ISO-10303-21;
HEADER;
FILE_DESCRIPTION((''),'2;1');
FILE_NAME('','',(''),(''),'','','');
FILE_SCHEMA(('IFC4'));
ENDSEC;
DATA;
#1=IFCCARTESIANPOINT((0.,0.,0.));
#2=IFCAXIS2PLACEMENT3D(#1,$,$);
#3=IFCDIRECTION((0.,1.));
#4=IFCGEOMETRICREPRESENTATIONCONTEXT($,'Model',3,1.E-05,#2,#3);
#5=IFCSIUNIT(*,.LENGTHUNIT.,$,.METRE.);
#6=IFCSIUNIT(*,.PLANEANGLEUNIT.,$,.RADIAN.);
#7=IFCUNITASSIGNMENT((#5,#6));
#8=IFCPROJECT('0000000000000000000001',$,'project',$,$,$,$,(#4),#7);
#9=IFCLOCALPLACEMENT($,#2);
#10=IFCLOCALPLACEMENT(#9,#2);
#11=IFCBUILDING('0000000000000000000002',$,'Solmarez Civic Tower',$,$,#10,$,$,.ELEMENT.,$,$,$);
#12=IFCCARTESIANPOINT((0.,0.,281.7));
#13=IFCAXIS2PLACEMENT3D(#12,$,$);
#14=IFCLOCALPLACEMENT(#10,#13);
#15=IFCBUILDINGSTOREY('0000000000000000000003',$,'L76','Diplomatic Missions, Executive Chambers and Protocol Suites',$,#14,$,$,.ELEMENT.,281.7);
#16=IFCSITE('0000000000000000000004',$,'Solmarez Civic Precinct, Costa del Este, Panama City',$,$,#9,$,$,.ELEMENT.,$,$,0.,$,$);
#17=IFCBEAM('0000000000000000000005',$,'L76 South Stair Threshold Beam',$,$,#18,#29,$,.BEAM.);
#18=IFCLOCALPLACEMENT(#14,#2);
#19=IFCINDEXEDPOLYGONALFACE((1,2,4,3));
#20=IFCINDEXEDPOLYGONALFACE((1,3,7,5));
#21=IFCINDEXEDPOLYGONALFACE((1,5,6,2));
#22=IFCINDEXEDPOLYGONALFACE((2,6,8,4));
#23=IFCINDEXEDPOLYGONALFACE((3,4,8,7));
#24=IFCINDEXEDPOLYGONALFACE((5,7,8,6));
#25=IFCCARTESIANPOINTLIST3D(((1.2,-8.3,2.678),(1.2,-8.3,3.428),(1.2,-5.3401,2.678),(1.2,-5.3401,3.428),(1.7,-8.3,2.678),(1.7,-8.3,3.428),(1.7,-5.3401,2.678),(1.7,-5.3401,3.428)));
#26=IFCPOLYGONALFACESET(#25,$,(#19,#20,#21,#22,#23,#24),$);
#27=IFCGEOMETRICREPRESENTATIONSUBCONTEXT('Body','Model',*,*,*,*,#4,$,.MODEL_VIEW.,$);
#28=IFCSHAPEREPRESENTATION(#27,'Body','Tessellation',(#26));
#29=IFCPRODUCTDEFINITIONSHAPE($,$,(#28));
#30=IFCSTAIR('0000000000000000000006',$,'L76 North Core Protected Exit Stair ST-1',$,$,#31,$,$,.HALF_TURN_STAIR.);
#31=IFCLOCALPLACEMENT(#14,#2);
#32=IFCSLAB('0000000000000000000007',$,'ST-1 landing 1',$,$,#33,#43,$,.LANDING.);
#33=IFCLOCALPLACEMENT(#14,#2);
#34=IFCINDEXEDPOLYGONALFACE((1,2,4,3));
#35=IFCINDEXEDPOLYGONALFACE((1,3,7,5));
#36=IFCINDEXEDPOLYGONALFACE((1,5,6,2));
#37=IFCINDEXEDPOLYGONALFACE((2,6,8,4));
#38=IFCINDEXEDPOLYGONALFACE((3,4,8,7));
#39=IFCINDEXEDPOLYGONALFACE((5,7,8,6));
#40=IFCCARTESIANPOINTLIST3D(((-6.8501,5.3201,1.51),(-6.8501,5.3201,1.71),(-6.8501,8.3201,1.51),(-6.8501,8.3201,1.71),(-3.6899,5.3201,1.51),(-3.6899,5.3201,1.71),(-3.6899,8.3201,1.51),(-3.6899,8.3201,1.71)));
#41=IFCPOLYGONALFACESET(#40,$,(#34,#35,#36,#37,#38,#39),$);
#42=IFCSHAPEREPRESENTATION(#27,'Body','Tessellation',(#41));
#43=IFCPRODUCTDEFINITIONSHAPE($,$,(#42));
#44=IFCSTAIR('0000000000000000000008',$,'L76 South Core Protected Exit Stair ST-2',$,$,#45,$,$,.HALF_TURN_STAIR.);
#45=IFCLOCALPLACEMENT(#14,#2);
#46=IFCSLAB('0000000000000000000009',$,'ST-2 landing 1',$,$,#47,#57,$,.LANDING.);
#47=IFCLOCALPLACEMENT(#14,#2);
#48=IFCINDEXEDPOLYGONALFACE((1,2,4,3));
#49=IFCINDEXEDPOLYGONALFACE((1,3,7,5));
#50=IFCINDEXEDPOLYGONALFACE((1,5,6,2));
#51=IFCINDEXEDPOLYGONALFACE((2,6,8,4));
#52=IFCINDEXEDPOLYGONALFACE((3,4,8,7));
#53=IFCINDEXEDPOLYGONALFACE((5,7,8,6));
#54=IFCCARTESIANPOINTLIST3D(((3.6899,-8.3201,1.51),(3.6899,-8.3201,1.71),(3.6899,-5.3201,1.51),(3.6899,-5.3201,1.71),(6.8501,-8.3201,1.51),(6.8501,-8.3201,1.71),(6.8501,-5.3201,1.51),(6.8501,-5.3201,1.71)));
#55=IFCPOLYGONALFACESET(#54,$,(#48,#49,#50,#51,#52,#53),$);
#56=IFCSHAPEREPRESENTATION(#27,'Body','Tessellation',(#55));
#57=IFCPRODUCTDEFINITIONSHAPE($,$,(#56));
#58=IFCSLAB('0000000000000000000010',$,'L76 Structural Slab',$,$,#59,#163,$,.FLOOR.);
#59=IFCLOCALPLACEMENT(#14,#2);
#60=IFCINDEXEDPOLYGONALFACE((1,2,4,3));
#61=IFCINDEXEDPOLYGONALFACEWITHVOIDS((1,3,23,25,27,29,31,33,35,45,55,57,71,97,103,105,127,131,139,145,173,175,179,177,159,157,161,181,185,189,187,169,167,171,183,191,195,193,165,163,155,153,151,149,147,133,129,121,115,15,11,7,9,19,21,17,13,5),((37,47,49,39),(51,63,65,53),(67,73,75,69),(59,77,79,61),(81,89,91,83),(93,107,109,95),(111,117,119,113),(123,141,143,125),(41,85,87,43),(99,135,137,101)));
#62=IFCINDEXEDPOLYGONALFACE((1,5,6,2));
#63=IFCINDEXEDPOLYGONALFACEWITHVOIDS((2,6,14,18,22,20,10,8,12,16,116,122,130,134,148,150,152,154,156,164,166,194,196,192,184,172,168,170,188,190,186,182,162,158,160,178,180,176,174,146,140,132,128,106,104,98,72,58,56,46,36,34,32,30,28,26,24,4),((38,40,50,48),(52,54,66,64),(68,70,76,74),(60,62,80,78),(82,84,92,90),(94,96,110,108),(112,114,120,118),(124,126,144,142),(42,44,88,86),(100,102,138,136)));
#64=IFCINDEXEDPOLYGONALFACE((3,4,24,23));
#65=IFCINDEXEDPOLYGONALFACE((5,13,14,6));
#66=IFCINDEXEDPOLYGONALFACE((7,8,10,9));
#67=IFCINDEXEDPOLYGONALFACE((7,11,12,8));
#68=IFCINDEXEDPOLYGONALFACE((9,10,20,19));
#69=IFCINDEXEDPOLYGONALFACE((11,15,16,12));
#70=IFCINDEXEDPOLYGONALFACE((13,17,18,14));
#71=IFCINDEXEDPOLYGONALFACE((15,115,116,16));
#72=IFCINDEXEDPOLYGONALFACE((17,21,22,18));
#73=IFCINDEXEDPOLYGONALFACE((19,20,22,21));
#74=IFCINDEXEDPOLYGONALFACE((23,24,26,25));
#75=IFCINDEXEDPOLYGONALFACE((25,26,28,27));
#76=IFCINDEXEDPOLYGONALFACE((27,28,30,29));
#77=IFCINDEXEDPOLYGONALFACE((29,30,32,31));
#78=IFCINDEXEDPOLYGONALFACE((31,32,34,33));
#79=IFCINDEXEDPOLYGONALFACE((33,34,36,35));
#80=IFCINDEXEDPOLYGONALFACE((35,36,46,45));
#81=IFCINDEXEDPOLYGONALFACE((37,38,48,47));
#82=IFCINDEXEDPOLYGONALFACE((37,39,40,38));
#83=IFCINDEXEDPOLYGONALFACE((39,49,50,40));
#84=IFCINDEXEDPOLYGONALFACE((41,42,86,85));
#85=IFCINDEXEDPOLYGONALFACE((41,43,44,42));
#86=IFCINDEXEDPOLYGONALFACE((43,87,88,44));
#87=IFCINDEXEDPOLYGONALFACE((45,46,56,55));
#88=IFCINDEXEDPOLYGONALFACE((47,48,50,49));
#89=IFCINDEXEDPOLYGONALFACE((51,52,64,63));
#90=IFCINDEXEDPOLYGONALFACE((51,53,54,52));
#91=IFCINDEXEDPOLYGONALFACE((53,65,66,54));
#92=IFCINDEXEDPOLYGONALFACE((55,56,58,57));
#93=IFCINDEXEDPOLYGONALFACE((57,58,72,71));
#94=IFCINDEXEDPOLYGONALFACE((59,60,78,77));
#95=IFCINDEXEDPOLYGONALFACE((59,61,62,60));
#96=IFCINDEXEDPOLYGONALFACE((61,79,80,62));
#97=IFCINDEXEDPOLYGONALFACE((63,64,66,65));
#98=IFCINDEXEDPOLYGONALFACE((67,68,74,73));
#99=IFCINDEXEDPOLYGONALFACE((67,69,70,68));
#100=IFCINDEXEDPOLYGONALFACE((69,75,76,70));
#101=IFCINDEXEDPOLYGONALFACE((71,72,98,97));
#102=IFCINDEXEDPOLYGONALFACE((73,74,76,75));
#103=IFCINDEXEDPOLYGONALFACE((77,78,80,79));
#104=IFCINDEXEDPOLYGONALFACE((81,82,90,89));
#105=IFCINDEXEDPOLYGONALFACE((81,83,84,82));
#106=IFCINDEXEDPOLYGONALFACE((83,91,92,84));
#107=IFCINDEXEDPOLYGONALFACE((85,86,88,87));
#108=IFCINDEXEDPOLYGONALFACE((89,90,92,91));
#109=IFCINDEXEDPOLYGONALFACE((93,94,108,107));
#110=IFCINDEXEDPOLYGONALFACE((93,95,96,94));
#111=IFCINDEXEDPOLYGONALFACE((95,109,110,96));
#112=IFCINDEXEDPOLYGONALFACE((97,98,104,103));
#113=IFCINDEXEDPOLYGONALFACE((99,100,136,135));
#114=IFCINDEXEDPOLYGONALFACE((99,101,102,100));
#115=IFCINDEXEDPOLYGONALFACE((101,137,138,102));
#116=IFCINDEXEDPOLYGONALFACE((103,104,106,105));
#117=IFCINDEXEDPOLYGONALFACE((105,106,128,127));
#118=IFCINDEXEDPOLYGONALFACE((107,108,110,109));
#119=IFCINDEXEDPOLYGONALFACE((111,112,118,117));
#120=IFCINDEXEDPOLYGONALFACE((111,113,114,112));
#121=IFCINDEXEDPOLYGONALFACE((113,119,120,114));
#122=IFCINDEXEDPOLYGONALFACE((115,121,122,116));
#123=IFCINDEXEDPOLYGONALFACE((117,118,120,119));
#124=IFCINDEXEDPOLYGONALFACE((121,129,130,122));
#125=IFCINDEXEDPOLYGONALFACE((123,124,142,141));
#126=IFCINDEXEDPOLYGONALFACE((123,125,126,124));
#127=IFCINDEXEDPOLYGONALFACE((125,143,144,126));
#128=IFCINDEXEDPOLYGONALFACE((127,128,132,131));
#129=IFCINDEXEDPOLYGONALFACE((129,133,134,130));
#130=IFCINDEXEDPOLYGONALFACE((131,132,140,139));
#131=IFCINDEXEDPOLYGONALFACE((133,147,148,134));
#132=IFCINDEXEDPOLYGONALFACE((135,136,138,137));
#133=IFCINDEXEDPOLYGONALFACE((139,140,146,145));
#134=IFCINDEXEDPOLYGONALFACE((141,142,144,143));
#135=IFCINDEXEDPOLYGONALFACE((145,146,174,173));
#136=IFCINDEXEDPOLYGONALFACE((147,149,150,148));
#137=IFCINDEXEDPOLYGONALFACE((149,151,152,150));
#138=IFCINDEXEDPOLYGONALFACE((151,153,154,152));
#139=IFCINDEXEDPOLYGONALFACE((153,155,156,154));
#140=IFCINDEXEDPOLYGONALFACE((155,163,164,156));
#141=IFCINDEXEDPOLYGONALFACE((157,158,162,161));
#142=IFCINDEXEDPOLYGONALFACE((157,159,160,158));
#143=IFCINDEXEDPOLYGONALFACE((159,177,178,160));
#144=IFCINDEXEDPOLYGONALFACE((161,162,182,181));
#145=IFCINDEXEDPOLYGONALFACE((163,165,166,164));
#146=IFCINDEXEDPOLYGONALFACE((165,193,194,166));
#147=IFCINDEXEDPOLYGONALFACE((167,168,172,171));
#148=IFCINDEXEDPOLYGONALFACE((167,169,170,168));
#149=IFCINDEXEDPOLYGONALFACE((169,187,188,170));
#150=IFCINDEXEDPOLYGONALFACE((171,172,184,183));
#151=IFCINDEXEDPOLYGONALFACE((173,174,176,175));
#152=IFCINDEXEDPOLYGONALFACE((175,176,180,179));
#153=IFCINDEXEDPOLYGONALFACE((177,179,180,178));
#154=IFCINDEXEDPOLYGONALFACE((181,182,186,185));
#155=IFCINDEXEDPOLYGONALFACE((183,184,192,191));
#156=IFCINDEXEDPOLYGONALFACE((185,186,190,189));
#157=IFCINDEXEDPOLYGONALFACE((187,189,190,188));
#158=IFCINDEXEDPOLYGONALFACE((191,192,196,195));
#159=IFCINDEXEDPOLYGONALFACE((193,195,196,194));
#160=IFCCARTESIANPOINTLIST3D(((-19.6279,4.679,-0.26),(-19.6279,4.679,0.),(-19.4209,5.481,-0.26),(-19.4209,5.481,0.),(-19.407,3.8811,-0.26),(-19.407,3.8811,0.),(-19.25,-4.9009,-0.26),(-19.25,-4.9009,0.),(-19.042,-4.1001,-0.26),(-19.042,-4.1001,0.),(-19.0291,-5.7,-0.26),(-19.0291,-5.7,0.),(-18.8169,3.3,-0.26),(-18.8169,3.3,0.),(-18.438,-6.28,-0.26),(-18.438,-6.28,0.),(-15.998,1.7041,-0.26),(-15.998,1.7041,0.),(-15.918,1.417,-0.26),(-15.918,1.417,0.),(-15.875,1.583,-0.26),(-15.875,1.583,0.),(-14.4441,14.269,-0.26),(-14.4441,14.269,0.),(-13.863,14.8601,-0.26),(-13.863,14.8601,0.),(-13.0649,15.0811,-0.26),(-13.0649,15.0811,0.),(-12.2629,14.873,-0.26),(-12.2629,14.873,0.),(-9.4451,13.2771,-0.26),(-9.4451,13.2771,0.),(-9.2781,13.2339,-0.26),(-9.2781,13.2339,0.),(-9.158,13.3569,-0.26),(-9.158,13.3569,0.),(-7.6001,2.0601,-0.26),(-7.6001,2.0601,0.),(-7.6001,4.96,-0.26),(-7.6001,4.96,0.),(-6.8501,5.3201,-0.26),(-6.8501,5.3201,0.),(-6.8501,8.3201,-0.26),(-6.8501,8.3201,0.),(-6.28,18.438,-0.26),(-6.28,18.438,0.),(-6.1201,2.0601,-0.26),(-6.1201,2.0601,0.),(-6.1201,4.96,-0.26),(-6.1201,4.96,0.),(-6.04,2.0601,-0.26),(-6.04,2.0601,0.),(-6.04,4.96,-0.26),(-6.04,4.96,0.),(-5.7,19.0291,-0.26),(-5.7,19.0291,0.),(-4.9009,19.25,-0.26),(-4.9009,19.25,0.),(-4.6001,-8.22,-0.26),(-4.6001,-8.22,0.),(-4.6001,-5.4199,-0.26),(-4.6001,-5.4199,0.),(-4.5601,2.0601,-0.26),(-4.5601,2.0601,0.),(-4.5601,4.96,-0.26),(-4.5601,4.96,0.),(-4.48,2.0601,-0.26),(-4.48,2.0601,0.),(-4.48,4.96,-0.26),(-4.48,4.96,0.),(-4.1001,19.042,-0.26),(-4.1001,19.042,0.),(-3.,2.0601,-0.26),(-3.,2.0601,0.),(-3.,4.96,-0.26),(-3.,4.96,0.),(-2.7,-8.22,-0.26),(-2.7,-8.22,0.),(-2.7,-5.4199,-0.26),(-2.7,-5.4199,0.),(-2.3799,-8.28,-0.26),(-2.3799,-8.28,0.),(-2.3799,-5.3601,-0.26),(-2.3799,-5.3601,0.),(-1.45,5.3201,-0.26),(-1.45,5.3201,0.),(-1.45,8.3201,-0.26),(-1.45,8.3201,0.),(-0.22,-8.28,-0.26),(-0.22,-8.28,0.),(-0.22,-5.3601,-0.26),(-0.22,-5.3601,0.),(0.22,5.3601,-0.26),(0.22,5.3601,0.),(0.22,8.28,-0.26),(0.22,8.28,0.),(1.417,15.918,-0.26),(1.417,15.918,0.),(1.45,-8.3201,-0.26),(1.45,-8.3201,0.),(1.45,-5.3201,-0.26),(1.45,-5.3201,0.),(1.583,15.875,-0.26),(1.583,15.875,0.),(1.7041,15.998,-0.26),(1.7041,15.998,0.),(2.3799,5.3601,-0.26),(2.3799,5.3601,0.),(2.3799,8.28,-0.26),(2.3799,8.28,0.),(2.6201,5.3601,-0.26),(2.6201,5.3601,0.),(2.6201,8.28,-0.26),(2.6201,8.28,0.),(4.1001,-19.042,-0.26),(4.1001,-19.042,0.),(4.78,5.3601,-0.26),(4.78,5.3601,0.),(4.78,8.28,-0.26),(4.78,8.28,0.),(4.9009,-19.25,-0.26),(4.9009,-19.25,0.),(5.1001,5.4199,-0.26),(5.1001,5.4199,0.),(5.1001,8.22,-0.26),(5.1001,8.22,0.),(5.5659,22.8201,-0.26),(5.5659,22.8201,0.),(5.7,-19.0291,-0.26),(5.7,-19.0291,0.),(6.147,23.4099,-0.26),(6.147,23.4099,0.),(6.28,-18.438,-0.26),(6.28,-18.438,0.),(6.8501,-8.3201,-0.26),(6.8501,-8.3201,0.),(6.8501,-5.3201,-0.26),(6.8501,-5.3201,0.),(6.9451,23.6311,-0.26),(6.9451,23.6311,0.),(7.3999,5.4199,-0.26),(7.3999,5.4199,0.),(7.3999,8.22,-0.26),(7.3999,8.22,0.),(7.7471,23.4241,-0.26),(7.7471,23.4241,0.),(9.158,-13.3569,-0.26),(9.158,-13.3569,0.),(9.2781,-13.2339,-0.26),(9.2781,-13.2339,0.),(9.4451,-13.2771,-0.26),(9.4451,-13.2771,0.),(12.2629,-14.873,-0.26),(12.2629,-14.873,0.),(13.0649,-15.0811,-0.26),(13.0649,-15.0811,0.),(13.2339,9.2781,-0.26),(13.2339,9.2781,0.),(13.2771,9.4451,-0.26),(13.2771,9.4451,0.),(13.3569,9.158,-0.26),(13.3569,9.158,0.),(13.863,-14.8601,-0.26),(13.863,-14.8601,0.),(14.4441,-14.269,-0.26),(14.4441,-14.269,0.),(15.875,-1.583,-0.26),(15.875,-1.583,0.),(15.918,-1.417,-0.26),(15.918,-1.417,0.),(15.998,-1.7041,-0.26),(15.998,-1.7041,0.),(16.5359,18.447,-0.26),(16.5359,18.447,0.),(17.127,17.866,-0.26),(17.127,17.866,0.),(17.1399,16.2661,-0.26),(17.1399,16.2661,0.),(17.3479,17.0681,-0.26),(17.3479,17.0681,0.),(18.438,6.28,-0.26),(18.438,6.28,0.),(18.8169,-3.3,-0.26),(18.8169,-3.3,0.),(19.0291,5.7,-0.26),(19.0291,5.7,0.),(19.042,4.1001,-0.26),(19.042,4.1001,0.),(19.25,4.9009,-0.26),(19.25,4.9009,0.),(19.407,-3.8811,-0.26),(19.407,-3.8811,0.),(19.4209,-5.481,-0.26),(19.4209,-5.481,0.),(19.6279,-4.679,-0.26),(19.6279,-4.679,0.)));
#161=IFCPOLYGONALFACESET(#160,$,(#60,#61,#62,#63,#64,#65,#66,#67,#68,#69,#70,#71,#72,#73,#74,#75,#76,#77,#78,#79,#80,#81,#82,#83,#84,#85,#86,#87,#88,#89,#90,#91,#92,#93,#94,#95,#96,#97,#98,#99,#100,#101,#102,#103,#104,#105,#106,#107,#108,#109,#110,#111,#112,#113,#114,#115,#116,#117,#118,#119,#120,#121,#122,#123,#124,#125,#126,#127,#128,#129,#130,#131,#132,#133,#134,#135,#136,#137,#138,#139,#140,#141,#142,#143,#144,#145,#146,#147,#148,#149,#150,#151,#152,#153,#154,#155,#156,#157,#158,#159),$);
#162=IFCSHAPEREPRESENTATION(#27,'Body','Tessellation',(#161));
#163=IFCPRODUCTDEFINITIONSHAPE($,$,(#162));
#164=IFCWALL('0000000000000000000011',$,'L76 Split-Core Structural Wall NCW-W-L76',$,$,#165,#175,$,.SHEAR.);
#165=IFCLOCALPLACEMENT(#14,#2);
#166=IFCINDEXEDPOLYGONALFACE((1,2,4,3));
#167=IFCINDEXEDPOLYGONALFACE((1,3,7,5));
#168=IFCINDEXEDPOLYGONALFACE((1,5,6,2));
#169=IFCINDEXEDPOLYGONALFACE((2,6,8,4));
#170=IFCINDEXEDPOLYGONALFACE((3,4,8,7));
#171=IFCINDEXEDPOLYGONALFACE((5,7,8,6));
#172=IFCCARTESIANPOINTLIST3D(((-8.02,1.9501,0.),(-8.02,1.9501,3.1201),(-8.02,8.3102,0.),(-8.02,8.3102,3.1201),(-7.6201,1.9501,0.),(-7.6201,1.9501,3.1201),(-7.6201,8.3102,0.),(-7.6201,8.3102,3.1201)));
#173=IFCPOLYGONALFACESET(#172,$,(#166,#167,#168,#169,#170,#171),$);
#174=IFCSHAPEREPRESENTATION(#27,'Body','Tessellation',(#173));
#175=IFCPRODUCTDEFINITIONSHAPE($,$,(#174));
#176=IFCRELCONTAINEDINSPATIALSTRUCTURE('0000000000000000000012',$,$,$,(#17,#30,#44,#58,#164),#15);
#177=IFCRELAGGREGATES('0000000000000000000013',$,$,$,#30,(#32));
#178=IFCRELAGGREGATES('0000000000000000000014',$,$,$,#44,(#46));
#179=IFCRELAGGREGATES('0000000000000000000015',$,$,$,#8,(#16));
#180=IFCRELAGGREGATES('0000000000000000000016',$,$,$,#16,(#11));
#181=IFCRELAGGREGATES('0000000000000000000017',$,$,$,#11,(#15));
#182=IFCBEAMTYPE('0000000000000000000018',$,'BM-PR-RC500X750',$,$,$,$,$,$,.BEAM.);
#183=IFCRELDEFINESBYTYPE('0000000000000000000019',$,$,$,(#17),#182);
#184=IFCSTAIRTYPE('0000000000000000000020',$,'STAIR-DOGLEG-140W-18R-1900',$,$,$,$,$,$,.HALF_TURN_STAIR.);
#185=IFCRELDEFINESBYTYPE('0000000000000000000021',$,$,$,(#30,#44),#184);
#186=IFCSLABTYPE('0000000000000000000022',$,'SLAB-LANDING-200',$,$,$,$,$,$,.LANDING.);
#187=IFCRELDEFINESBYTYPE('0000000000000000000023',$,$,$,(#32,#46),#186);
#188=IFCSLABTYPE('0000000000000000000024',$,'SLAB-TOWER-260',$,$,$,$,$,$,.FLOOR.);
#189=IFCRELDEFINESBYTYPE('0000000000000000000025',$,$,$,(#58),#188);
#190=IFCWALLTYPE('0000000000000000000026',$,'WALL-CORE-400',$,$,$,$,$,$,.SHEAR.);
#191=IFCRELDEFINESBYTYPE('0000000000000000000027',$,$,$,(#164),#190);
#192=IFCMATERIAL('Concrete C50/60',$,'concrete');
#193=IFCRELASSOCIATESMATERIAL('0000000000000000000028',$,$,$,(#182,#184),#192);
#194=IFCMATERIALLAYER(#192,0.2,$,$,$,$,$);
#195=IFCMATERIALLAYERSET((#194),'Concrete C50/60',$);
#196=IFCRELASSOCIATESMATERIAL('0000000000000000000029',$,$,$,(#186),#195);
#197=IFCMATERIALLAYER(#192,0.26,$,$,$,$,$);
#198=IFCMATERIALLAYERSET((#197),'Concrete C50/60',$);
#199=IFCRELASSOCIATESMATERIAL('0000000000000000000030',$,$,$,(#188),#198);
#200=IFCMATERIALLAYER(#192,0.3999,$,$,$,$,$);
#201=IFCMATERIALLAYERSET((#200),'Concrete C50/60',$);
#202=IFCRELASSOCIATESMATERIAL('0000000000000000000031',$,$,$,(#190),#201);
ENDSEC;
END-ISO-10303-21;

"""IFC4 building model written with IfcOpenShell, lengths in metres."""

from ifc_helpers import new_model, si_unit, direction, frame, frame_2d, origin, origin_2d, place, context, subcontext, project, spatial, polyline, rectangle, outline, extrude, material, layer, layer_set, material_profile, profile_set, type_object, element, aggregate, save


model = new_model("IFC4")

# Units and contexts
model_context = context("Model", 3, precision=1e-05, world=origin(), true_north=direction((0.0, 1.0)))
body_context = subcontext(model_context, "Body", "Model", "MODEL_VIEW")
ifc_project = project(units=[si_unit("LENGTHUNIT", "METRE"), si_unit("PLANEANGLEUNIT", "RADIAN")], contexts=[model_context])

# Site, building, storey
site_placement = place(None, origin())
site = spatial("IfcSite", under=ifc_project, at=site_placement, Name="Solmarez Civic Precinct, Costa del Este, Panama City", CompositionType="ELEMENT", RefElevation=0.0)
building_placement = place(site_placement, origin())
building = spatial("IfcBuilding", under=site, at=building_placement, Name="Solmarez Civic Tower", CompositionType="ELEMENT")
storey_placement = place(building_placement, frame((0.0, 0.0, 281.7)))
storey = spatial("IfcBuildingStorey", under=building, at=storey_placement, Name="L76", Description="Diplomatic Missions, Executive Chambers and Protocol Suites", CompositionType="ELEMENT", Elevation=281.7)

# Beam
ifc_material_1 = material(Name="Concrete C50/60", Category="concrete")
ifc_material_profile = material_profile(ifc_material_1, rectangle(XDim=0.5, YDim=0.75, at=origin_2d()), Name="RC500X750")
ifc_profile_set = profile_set([ifc_material_profile], Name="Concrete C50/60")
beam_type = type_object("IfcBeamType", Name="BM-PR-RC500X750", PredefinedType="BEAM", material=ifc_profile_set)
beam_placement = place(storey_placement, frame((1.45, -8.3, 3.053), z_axis=(0.0, 1.0, 0.0), x_axis=(-1.0, 0.0, 0.0)))
element("IfcBeam", 1, at=beam_placement, inside=storey, type_object=beam_type, Name="L76 South Stair Threshold Beam", PredefinedType="BEAM", context=body_context, shape_type="SweptSolid", body=[
    extrude(rectangle(XDim=0.5, YDim=0.75, at=origin_2d()), origin(), (0.0, 0.0, 1.0), 2.96),
])

# Stairs, slabs
stair_type = type_object("IfcStairType", Name="STAIR-DOGLEG-140W-18R-1900", PredefinedType="HALF_TURN_STAIR", material=ifc_material_1)
stair_1_placement = place(storey_placement, origin())
stair_1 = element("IfcStair", 2, at=stair_1_placement, inside=storey, type_object=stair_type, Name="L76 North Core Protected Exit Stair ST-1", PredefinedType="HALF_TURN_STAIR")
ifc_layer_1 = layer(ifc_material_1, 0.2)
ifc_layer_set_1 = layer_set([ifc_layer_1], Name="Concrete C50/60")
slab_type_1 = type_object("IfcSlabType", Name="SLAB-LANDING-200", PredefinedType="LANDING", material=ifc_layer_set_1)
slab_1_placement = place(storey_placement, frame((0.0, 0.0, 1.51)))
slab_1 = element("IfcSlab", 3, at=slab_1_placement, type_object=slab_type_1, Name="ST-1 landing 1", PredefinedType="LANDING", context=body_context, shape_type="SweptSolid", body=[
    extrude(outline(polyline([(-3.6899, 8.3201), (-6.8501, 8.3201), (-6.8501, 5.3201), (-3.6899, 5.3201), (-3.6899, 8.3201)])), origin(), (0.0, 0.0, 1.0), 0.2),
])
aggregate(stair_1, [slab_1])
stair_2_placement = place(storey_placement, origin())
stair_2 = element("IfcStair", 4, at=stair_2_placement, inside=storey, type_object=stair_type, Name="L76 South Core Protected Exit Stair ST-2", PredefinedType="HALF_TURN_STAIR")
slab_2_placement = place(storey_placement, frame((0.0, 0.0, 1.51)))
slab_2 = element("IfcSlab", 5, at=slab_2_placement, type_object=slab_type_1, Name="ST-2 landing 1", PredefinedType="LANDING", context=body_context, shape_type="SweptSolid", body=[
    extrude(outline(polyline([(3.6899, -8.3201), (6.8501, -8.3201), (6.8501, -5.3201), (3.6899, -5.3201), (3.6899, -8.3201)])), origin(), (0.0, 0.0, 1.0), 0.2),
])

# Slab
ifc_layer_2 = layer(ifc_material_1, 0.26)
ifc_layer_set_2 = layer_set([ifc_layer_2], Name="Concrete C50/60")
slab_type_2 = type_object("IfcSlabType", Name="SLAB-TOWER-260", PredefinedType="FLOOR", material=ifc_layer_set_2)
slab_3_placement = place(storey_placement, frame((0.0, 0.0, -0.26)))
element("IfcSlab", 6, at=slab_3_placement, inside=storey, type_object=slab_type_2, Name="L76 Structural Slab", PredefinedType="FLOOR", context=body_context, shape_type="SweptSolid", body=[
    extrude(outline(polyline([(9.4451, -13.2771), (12.2629, -14.873), (13.0649, -15.0811), (13.863, -14.8601), (14.4441, -14.269), (19.4209, -5.481), (19.6279, -4.679), (19.407, -3.8811), (18.8169, -3.3), (15.998, -1.7041), (15.875, -1.583), (15.918, -1.417), (19.042, 4.1001), (19.25, 4.9009), (19.0291, 5.7), (18.438, 6.28), (13.3569, 9.158), (13.2339, 9.2781), (13.2771, 9.4451), (17.1399, 16.2661), (17.3479, 17.0681), (17.127, 17.866), (16.5359, 18.447), (7.7471, 23.4241), (6.9451, 23.6311), (6.147, 23.4099), (5.5659, 22.8201), (1.7041, 15.998), (1.583, 15.875), (1.417, 15.918), (-4.1001, 19.042), (-4.9009, 19.25), (-5.7, 19.0291), (-6.28, 18.438), (-9.158, 13.3569), (-9.2781, 13.2339), (-9.4451, 13.2771), (-12.2629, 14.873), (-13.0649, 15.0811), (-13.863, 14.8601), (-14.4441, 14.269), (-19.4209, 5.481), (-19.6279, 4.679), (-19.407, 3.8811), (-18.8169, 3.3), (-15.998, 1.7041), (-15.875, 1.583), (-15.918, 1.417), (-19.042, -4.1001), (-19.25, -4.9009), (-19.0291, -5.7), (-18.438, -6.28), (4.1001, -19.042), (4.9009, -19.25), (5.7, -19.0291), (6.28, -18.438), (9.158, -13.3569), (9.2781, -13.2339), (9.4451, -13.2771)]), holes=[polyline([(-1.45, 8.3201), (-6.8501, 8.3201), (-6.8501, 5.3201), (-1.45, 5.3201), (-1.45, 8.3201)]), polyline([(1.45, -8.3201), (6.8501, -8.3201), (6.8501, -5.3201), (1.45, -5.3201), (1.45, -8.3201)]), polyline([(0.22, 5.3601), (2.3799, 5.3601), (2.3799, 8.28), (0.22, 8.28), (0.22, 5.3601)]), polyline([(2.6201, 5.3601), (4.78, 5.3601), (4.78, 8.28), (2.6201, 8.28), (2.6201, 5.3601)]), polyline([(-2.3799, -8.28), (-0.22, -8.28), (-0.22, -5.3601), (-2.3799, -5.3601), (-2.3799, -8.28)]), polyline([(-7.6001, 2.0601), (-6.1201, 2.0601), (-6.1201, 4.96), (-7.6001, 4.96), (-7.6001, 2.0601)]), polyline([(-6.04, 2.0601), (-4.5601, 2.0601), (-4.5601, 4.96), (-6.04, 4.96), (-6.04, 2.0601)]), polyline([(-4.48, 2.0601), (-3.0, 2.0601), (-3.0, 4.96), (-4.48, 4.96), (-4.48, 2.0601)]), polyline([(5.1001, 5.4199), (7.3999, 5.4199), (7.3999, 8.22), (5.1001, 8.22), (5.1001, 5.4199)]), polyline([(-4.6001, -8.22), (-2.7, -8.22), (-2.7, -5.4199), (-4.6001, -5.4199), (-4.6001, -8.22)])]), origin(), (0.0, 0.0, 1.0), 0.26),
])

# Wall
ifc_layer_3 = layer(ifc_material_1, 0.3999)
ifc_layer_set_3 = layer_set([ifc_layer_3], Name="Concrete C50/60")
wall_type_1 = type_object("IfcWallType", Name="WALL-CORE-400", PredefinedType="SHEAR", material=ifc_layer_set_3)
wall_1_placement = place(storey_placement, frame((-7.8201, 1.95, 0.0), z_axis=(0.0, 0.0, 1.0), x_axis=(0.0, 1.0, 0.0)))
element("IfcWall", 7, at=wall_1_placement, inside=storey, type_object=wall_type_1, Name="L76 Split-Core Structural Wall NCW-W-L76", PredefinedType="SHEAR", context=body_context, shape_type="SweptSolid", body=[
    extrude(rectangle(XDim=6.3601, YDim=0.3999, at=frame_2d((3.1802, 0.0))), origin(), (0.0, 0.0, 1.0), 3.1201),
])

aggregate(stair_2, [slab_2])

save(model, "model.ifc")
